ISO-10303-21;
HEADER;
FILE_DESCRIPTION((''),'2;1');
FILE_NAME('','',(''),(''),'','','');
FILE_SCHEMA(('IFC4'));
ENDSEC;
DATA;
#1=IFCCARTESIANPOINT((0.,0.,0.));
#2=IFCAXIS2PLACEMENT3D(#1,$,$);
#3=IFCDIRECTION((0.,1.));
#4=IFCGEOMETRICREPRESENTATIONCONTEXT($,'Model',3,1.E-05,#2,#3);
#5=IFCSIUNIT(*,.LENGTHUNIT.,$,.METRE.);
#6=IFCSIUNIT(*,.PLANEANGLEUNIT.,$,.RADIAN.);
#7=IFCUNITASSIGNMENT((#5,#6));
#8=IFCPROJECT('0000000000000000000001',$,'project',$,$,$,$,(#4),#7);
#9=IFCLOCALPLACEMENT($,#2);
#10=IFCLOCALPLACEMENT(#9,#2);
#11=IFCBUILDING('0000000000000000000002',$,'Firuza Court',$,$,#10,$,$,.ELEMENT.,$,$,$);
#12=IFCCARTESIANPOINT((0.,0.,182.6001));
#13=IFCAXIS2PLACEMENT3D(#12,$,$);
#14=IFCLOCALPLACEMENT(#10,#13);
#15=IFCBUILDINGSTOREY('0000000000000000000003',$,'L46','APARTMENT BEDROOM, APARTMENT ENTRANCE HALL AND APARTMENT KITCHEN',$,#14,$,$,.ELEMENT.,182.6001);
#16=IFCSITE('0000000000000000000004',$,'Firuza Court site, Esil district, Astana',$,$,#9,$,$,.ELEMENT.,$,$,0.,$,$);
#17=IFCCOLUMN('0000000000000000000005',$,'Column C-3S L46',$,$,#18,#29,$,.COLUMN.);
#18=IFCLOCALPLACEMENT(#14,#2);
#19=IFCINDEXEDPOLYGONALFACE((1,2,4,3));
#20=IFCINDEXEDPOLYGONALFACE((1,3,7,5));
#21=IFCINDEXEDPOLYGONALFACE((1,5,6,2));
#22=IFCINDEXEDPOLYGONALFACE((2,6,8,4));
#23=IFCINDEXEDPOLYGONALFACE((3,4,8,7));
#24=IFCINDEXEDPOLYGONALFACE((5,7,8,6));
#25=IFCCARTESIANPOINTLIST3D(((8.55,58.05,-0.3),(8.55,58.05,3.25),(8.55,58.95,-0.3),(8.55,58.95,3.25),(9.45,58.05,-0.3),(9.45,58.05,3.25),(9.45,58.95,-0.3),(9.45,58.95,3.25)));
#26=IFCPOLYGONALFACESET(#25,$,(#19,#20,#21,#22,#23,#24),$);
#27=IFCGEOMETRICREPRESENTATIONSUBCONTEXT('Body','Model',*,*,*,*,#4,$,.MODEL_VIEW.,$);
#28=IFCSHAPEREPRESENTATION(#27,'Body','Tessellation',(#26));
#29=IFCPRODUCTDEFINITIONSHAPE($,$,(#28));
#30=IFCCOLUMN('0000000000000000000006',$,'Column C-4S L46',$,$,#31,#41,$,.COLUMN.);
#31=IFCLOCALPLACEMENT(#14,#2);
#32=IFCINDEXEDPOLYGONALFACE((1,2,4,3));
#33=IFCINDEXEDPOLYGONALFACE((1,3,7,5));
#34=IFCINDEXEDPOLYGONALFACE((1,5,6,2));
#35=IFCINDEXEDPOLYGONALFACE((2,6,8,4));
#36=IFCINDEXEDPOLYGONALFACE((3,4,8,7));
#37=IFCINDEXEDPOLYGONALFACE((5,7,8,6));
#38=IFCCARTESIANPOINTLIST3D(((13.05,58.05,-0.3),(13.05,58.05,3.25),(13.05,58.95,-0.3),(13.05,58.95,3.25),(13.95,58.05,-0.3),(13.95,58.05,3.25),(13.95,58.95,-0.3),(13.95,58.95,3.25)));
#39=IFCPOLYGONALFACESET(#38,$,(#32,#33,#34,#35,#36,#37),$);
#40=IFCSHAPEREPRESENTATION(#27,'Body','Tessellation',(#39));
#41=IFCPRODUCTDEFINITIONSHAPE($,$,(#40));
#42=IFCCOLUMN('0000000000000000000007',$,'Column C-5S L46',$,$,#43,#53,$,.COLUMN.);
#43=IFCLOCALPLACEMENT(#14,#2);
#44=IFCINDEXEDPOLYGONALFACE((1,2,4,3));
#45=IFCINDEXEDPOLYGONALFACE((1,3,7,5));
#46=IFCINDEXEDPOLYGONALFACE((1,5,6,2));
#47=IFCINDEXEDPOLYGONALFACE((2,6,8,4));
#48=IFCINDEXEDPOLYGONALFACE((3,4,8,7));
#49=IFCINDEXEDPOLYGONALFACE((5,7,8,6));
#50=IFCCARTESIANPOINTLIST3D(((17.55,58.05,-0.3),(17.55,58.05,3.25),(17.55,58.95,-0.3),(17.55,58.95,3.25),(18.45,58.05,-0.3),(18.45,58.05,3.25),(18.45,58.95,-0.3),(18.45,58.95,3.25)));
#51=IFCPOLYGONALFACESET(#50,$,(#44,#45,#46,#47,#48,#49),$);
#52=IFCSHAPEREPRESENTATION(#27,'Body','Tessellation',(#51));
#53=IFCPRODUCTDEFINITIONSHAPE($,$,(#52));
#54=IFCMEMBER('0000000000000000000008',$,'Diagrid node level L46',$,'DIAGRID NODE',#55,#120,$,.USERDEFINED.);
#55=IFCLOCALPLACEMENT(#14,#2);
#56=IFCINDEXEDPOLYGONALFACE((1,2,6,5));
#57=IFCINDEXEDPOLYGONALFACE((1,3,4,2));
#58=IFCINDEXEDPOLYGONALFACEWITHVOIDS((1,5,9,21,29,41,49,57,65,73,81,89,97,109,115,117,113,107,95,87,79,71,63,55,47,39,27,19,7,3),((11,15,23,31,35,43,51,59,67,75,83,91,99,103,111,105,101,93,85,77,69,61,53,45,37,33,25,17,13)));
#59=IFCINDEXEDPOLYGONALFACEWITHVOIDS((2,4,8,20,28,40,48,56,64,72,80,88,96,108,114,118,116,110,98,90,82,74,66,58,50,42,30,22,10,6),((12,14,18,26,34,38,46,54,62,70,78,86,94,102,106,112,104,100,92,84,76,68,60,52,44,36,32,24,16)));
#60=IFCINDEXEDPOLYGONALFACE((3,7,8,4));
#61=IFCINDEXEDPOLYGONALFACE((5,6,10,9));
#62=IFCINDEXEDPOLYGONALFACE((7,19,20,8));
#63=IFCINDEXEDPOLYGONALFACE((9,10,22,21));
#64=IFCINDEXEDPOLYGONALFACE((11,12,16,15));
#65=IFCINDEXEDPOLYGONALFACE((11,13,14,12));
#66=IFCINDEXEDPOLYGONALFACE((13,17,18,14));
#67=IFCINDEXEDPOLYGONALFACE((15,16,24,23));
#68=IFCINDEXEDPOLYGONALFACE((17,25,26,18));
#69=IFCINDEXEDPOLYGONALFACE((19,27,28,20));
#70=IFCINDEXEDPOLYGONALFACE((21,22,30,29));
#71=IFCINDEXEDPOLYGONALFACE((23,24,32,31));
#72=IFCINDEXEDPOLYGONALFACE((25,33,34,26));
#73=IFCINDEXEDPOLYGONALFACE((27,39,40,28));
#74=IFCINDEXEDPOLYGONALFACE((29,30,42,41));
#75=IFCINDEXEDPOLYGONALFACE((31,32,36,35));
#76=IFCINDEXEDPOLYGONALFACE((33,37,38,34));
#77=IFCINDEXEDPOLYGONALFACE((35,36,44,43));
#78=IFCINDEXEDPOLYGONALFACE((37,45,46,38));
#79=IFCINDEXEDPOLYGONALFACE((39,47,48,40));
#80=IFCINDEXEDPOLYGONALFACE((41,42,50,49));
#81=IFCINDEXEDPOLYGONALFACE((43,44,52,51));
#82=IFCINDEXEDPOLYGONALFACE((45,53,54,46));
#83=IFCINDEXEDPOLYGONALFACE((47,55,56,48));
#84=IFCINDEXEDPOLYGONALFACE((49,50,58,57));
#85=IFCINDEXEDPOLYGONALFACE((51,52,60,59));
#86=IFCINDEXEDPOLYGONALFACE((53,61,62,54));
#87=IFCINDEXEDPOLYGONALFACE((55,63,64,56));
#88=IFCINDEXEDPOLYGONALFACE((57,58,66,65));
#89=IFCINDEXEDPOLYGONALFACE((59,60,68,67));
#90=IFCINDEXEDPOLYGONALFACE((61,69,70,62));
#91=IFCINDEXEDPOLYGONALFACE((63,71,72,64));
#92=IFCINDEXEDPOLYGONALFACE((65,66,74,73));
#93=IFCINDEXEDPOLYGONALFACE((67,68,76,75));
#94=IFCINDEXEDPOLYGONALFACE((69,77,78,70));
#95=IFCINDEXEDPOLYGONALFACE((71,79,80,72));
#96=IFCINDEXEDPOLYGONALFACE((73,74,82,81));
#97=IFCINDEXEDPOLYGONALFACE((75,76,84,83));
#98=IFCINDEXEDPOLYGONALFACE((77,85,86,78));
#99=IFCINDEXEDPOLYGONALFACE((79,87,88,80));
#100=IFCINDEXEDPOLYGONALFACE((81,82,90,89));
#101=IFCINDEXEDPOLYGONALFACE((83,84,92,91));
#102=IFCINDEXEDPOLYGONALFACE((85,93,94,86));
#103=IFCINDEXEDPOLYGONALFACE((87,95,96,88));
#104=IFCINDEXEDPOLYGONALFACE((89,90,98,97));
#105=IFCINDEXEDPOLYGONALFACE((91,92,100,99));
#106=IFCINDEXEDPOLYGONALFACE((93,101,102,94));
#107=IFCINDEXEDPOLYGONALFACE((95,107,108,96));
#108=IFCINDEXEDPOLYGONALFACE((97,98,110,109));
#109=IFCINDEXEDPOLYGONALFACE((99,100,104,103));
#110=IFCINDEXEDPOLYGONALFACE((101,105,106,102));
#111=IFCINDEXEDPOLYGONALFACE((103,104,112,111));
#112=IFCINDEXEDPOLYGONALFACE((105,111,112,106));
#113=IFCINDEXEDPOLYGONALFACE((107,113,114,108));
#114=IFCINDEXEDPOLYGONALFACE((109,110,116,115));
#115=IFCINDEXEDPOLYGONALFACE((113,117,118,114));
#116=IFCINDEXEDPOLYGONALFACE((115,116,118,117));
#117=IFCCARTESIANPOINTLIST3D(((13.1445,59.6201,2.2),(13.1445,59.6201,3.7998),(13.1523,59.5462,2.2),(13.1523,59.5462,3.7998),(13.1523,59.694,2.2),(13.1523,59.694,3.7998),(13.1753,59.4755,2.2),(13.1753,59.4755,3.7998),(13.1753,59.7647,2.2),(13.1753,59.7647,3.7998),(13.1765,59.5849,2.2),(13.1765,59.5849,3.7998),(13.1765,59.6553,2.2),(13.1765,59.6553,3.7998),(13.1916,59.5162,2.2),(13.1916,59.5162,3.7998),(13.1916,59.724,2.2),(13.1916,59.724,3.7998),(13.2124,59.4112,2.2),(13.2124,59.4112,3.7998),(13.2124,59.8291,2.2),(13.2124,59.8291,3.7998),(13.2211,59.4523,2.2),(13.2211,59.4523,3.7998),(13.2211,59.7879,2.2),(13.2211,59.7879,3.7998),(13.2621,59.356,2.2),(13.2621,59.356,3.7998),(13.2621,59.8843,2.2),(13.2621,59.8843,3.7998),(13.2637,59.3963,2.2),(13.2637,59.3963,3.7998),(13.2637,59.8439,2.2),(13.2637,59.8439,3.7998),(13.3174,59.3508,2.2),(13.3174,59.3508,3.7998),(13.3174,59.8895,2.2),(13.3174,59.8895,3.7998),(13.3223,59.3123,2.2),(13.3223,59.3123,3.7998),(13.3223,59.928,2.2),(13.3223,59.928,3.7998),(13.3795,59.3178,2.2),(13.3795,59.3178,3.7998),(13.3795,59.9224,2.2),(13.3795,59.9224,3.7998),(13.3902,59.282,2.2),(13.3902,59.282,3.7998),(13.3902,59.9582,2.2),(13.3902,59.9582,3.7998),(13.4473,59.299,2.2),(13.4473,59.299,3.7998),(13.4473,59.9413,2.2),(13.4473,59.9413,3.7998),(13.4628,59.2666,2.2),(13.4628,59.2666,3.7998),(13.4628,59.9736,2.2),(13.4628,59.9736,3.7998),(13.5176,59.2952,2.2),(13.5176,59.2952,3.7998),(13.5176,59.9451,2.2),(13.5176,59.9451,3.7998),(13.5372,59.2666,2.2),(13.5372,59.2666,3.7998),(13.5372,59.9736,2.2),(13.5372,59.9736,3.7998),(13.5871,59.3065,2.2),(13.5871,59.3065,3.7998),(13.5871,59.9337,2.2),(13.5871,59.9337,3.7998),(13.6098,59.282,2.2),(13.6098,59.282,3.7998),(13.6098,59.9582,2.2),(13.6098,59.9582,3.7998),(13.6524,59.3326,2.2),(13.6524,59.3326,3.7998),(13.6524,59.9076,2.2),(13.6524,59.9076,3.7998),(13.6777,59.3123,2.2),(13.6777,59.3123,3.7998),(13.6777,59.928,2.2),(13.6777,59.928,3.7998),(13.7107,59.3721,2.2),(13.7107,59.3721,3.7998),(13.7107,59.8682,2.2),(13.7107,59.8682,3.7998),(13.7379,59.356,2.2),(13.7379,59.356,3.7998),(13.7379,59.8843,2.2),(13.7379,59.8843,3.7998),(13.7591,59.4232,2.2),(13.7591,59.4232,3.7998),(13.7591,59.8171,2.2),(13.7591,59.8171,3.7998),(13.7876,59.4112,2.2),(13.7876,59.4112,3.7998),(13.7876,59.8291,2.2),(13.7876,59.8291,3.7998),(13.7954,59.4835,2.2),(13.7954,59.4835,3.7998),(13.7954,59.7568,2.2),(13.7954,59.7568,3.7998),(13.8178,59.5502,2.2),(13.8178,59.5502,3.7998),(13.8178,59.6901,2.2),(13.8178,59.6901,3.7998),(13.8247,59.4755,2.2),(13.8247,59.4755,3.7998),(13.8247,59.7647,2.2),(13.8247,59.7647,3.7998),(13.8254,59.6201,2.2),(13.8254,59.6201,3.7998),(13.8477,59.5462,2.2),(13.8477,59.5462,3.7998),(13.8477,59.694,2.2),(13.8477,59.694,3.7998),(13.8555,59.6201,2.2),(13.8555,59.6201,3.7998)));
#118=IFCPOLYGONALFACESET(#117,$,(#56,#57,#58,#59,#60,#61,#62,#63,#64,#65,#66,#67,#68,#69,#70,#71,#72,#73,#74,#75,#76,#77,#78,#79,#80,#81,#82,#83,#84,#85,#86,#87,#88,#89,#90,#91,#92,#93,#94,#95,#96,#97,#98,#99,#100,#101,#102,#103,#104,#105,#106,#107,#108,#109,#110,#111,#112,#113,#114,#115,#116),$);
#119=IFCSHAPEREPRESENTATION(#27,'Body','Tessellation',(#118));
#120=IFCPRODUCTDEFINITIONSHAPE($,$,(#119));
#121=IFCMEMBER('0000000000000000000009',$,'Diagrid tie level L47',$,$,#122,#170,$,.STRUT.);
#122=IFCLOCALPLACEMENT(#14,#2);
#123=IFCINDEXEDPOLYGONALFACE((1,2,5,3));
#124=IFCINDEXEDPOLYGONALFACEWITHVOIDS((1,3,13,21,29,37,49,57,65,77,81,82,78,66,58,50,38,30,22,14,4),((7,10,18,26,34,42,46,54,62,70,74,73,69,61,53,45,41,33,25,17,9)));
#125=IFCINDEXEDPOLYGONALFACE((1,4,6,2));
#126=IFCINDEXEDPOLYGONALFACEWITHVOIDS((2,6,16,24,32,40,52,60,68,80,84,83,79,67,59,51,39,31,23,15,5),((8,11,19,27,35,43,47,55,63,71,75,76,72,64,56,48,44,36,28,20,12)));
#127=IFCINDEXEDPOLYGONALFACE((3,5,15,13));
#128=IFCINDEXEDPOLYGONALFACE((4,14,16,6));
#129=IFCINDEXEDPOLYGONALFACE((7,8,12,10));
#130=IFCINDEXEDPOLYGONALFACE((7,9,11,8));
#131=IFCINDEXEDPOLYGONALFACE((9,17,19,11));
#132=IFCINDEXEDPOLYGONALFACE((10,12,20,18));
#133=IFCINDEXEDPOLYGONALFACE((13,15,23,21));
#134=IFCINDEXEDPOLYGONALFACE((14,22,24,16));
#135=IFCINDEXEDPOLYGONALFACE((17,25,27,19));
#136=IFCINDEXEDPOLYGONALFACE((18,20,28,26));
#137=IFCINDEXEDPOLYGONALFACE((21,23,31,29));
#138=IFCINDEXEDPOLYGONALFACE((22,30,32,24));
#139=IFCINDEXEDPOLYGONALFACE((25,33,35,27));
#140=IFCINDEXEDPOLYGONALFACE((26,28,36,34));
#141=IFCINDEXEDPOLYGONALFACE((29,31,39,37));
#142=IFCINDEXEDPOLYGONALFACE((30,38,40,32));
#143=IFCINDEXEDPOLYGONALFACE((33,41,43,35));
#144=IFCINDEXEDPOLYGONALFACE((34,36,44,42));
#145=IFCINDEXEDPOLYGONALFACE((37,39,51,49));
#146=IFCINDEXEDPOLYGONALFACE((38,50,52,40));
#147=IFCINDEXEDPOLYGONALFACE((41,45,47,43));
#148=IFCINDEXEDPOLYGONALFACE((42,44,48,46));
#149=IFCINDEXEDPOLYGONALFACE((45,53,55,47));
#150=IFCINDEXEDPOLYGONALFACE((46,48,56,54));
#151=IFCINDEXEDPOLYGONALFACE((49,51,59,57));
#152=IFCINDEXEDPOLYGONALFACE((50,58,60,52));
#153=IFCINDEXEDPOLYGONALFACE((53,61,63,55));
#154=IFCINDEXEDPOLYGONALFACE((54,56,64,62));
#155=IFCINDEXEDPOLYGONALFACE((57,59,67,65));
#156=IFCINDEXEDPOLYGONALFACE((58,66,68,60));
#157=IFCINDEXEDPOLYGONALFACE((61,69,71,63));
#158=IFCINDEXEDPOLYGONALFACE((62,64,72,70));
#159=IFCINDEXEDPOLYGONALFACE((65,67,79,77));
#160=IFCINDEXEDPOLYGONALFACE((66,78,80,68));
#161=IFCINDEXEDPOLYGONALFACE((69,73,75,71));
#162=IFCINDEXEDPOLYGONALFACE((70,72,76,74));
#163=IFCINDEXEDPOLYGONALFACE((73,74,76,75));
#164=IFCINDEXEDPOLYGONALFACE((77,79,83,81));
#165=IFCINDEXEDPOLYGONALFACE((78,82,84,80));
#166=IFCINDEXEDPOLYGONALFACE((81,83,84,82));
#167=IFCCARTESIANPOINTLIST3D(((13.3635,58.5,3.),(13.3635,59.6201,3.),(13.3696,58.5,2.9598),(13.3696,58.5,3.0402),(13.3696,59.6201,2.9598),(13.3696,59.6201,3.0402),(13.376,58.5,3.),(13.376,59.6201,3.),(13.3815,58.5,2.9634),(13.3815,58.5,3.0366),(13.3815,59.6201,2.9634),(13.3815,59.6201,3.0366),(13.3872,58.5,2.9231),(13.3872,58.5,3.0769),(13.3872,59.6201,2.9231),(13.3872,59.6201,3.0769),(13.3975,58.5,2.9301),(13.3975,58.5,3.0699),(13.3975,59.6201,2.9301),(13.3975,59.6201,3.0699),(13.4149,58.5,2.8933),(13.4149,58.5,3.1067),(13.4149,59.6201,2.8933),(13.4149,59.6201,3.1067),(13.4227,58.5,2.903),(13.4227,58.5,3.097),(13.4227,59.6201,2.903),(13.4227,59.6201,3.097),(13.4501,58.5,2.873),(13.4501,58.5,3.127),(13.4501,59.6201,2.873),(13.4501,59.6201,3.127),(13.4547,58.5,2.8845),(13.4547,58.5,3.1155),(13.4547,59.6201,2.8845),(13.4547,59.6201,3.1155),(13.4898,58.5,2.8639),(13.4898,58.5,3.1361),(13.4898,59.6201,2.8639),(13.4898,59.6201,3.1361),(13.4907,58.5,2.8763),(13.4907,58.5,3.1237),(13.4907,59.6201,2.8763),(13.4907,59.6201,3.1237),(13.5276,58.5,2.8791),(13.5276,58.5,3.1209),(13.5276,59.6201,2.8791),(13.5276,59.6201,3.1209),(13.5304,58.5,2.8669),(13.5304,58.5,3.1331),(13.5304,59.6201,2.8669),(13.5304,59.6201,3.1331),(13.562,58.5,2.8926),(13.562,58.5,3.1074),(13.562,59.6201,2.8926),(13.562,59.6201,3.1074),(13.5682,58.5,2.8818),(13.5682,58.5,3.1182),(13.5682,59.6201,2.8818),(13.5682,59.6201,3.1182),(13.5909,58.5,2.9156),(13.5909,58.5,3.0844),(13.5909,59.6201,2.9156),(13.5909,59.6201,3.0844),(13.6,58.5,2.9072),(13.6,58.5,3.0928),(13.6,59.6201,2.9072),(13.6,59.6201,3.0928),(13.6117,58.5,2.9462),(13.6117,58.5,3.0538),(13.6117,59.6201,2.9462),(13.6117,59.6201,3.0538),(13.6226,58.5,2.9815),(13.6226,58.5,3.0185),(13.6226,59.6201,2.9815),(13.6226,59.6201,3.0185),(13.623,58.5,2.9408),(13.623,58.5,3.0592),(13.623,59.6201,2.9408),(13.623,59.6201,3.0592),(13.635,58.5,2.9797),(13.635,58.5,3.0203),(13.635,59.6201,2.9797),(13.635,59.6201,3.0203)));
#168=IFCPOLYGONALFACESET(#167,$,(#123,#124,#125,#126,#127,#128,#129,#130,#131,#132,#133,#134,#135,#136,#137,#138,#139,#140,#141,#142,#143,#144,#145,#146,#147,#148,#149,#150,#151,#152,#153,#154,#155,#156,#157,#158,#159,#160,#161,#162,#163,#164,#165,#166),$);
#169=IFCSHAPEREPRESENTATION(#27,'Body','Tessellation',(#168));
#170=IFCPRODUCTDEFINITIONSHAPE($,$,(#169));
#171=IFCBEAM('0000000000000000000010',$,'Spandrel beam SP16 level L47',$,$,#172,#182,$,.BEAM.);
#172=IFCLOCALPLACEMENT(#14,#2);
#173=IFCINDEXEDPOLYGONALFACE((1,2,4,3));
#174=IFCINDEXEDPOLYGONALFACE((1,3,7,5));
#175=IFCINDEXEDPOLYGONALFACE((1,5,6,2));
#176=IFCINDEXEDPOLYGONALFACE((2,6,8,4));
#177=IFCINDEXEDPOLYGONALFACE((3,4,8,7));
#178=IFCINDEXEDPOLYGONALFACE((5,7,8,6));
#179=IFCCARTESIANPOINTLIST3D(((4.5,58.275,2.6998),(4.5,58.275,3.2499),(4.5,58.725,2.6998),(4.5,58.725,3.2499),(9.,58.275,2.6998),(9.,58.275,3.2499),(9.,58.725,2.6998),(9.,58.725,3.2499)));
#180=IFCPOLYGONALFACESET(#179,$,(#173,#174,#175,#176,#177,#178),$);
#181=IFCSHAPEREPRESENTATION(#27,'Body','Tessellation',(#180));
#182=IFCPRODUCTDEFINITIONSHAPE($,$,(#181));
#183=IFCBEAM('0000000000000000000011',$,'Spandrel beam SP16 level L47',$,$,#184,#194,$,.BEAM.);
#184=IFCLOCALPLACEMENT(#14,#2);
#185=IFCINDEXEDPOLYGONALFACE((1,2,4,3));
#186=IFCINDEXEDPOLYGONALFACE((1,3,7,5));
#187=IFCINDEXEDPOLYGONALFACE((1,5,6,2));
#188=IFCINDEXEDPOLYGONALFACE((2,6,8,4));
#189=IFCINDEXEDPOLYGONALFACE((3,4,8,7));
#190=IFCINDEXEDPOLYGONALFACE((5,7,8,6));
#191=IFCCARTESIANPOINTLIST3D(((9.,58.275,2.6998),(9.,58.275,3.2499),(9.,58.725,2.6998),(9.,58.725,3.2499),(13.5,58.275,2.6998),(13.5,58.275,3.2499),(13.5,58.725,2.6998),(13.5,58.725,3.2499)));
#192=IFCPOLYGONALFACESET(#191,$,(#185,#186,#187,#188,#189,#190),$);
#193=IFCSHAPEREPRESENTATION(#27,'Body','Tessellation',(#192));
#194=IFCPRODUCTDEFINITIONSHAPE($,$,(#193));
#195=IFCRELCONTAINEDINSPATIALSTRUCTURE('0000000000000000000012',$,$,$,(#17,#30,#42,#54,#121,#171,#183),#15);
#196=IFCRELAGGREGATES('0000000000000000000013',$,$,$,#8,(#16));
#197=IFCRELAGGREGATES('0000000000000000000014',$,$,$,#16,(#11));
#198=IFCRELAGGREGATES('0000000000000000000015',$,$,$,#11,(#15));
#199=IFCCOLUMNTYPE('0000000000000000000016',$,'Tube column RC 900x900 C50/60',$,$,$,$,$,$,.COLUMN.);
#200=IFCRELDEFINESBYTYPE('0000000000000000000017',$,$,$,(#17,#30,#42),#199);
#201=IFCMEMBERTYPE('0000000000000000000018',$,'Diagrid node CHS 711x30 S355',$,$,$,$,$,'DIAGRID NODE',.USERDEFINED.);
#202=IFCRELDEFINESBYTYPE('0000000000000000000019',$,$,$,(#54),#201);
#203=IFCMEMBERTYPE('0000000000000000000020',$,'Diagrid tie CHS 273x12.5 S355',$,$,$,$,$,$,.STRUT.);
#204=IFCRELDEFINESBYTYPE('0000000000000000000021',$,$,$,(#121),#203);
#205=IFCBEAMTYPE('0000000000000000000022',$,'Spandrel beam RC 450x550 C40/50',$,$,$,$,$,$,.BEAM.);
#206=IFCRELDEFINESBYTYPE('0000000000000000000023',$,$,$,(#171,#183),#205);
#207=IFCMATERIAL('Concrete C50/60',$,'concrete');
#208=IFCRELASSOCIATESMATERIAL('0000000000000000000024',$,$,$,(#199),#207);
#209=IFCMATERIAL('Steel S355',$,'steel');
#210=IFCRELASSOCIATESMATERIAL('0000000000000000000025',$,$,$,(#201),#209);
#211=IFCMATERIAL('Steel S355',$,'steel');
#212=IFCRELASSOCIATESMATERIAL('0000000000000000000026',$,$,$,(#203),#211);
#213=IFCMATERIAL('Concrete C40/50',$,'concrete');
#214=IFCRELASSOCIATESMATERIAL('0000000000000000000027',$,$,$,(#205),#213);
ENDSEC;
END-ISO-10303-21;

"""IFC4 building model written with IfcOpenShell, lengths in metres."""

from ifc_helpers import new_model, si_unit, direction, frame, origin, origin_2d, place, context, subcontext, project, spatial, rectangle, hollow_circle, extrude, material, material_profile, profile_set, type_object, element, save


model = new_model("IFC4")

# Units and contexts
model_context = context("Model", 3, precision=1e-05, world=origin(), true_north=direction((0.0, 1.0)))
body_context = subcontext(model_context, "Body", "Model", "MODEL_VIEW")
ifc_project = project(units=[si_unit("LENGTHUNIT", "METRE"), si_unit("PLANEANGLEUNIT", "RADIAN")], contexts=[model_context])

# Site, building, storey
site_placement = place(None, origin())
site = spatial("IfcSite", under=ifc_project, at=site_placement, Name="Firuza Court site, Esil district, Astana", CompositionType="ELEMENT", RefElevation=0.0)
building_placement = place(site_placement, origin())
building = spatial("IfcBuilding", under=site, at=building_placement, Name="Firuza Court", CompositionType="ELEMENT")
storey_placement = place(building_placement, frame((0.0, 0.0, 182.6001)))
storey = spatial("IfcBuildingStorey", under=building, at=storey_placement, Name="L46", Description="APARTMENT BEDROOM, APARTMENT ENTRANCE HALL AND APARTMENT KITCHEN", CompositionType="ELEMENT", Elevation=182.6001)

# Columns
ifc_material_1 = material(Name="Concrete C50/60", Category="concrete")
ifc_material_profile_1 = material_profile(ifc_material_1, rectangle(XDim=0.8999, YDim=0.8999, at=origin_2d()), Name="RC 900x900")
ifc_profile_set_1 = profile_set([ifc_material_profile_1], Name="Concrete C50/60")
column_type = type_object("IfcColumnType", Name="Tube column RC 900x900 C50/60", PredefinedType="COLUMN", material=ifc_profile_set_1)
for number, where, z_axis, x_axis, name in (
    (1, (9.0, 58.5, -0.3), (0.0, 0.0, 1.0), (1.0, 0.0, 0.0), "Column C-3S L46"),
    (2, (13.5, 58.5, -0.3), (0.0, 0.0, 1.0), (1.0, 0.0, 0.0), "Column C-4S L46"),
    (3, (18.0, 58.5, -0.3), (0.0, 0.0, 1.0), (1.0, 0.0, 0.0), "Column C-5S L46"),
):
    element("IfcColumn", number, at=place(storey_placement, frame(where, z_axis=z_axis, x_axis=x_axis)), inside=storey, type_object=column_type, Name=name, PredefinedType="COLUMN", context=body_context, shape_type="SweptSolid", body=[
        extrude(rectangle(XDim=0.8999, YDim=0.8999, at=origin_2d()), origin(), (0.0, 0.0, 1.0), 3.55),
    ])

# Members
ifc_material_2 = material(Name="Steel S355", Category="steel")
ifc_material_profile_2 = material_profile(ifc_material_2, hollow_circle(Radius=0.3555, WallThickness=0.03, at=origin_2d()), Name="CHS 711x30")
ifc_profile_set_2 = profile_set([ifc_material_profile_2], Name="Steel S355")
member_type_1 = type_object("IfcMemberType", Name="Diagrid node CHS 711x30 S355", ElementType="DIAGRID NODE", PredefinedType="USERDEFINED", material=ifc_profile_set_2)
member_1_placement = place(storey_placement, frame((13.5, 59.6201, 2.2), z_axis=(0.0, 0.0, 1.0), x_axis=(1.0, 0.0, 0.0)))
element("IfcMember", 4, at=member_1_placement, inside=storey, type_object=member_type_1, Name="Diagrid node level L46", ObjectType="DIAGRID NODE", PredefinedType="USERDEFINED", context=body_context, shape_type="SweptSolid", body=[
    extrude(hollow_circle(Radius=0.3555, WallThickness=0.03, at=origin_2d()), origin(), (0.0, 0.0, 1.0), 1.5999),
])
ifc_material_3 = material(Name="Steel S355", Category="steel")
ifc_material_profile_3 = material_profile(ifc_material_3, hollow_circle(Radius=0.1365, WallThickness=0.0125, at=origin_2d()), Name="CHS 273x12.5")
ifc_profile_set_3 = profile_set([ifc_material_profile_3], Name="Steel S355")
member_type_2 = type_object("IfcMemberType", Name="Diagrid tie CHS 273x12.5 S355", PredefinedType="STRUT", material=ifc_profile_set_3)
member_2_placement = place(storey_placement, frame((13.5, 58.5, 3.0), z_axis=(0.0, 1.0, 0.0), x_axis=(-1.0, 0.0, 0.0)))
element("IfcMember", 5, at=member_2_placement, inside=storey, type_object=member_type_2, Name="Diagrid tie level L47", PredefinedType="STRUT", context=body_context, shape_type="SweptSolid", body=[
    extrude(hollow_circle(Radius=0.1365, WallThickness=0.0125, at=origin_2d()), origin(), (0.0, 0.0, 1.0), 1.1201),
])

# Beams
ifc_material_4 = material(Name="Concrete C40/50", Category="concrete")
ifc_material_profile_4 = material_profile(ifc_material_4, rectangle(XDim=0.45, YDim=0.55, at=origin_2d()), Name="RC 450x550")
ifc_profile_set_4 = profile_set([ifc_material_profile_4], Name="Concrete C40/50")
beam_type = type_object("IfcBeamType", Name="Spandrel beam RC 450x550 C40/50", PredefinedType="BEAM", material=ifc_profile_set_4)
for number, where, z_axis, x_axis, name in (
    (6, (9.0, 58.5, 2.9749), (-1.0, 0.0, 0.0), (0.0, -1.0, 0.0), "Spandrel beam SP16 level L47"),
    (7, (13.5, 58.5, 2.9749), (-1.0, 0.0, 0.0), (0.0, -1.0, 0.0), "Spandrel beam SP16 level L47"),
):
    element("IfcBeam", number, at=place(storey_placement, frame(where, z_axis=z_axis, x_axis=x_axis)), inside=storey, type_object=beam_type, Name=name, PredefinedType="BEAM", context=body_context, shape_type="SweptSolid", body=[
        extrude(rectangle(XDim=0.45, YDim=0.55, at=origin_2d()), origin(), (0.0, 0.0, 1.0), 4.5),
    ])

save(model, "model.ifc")
